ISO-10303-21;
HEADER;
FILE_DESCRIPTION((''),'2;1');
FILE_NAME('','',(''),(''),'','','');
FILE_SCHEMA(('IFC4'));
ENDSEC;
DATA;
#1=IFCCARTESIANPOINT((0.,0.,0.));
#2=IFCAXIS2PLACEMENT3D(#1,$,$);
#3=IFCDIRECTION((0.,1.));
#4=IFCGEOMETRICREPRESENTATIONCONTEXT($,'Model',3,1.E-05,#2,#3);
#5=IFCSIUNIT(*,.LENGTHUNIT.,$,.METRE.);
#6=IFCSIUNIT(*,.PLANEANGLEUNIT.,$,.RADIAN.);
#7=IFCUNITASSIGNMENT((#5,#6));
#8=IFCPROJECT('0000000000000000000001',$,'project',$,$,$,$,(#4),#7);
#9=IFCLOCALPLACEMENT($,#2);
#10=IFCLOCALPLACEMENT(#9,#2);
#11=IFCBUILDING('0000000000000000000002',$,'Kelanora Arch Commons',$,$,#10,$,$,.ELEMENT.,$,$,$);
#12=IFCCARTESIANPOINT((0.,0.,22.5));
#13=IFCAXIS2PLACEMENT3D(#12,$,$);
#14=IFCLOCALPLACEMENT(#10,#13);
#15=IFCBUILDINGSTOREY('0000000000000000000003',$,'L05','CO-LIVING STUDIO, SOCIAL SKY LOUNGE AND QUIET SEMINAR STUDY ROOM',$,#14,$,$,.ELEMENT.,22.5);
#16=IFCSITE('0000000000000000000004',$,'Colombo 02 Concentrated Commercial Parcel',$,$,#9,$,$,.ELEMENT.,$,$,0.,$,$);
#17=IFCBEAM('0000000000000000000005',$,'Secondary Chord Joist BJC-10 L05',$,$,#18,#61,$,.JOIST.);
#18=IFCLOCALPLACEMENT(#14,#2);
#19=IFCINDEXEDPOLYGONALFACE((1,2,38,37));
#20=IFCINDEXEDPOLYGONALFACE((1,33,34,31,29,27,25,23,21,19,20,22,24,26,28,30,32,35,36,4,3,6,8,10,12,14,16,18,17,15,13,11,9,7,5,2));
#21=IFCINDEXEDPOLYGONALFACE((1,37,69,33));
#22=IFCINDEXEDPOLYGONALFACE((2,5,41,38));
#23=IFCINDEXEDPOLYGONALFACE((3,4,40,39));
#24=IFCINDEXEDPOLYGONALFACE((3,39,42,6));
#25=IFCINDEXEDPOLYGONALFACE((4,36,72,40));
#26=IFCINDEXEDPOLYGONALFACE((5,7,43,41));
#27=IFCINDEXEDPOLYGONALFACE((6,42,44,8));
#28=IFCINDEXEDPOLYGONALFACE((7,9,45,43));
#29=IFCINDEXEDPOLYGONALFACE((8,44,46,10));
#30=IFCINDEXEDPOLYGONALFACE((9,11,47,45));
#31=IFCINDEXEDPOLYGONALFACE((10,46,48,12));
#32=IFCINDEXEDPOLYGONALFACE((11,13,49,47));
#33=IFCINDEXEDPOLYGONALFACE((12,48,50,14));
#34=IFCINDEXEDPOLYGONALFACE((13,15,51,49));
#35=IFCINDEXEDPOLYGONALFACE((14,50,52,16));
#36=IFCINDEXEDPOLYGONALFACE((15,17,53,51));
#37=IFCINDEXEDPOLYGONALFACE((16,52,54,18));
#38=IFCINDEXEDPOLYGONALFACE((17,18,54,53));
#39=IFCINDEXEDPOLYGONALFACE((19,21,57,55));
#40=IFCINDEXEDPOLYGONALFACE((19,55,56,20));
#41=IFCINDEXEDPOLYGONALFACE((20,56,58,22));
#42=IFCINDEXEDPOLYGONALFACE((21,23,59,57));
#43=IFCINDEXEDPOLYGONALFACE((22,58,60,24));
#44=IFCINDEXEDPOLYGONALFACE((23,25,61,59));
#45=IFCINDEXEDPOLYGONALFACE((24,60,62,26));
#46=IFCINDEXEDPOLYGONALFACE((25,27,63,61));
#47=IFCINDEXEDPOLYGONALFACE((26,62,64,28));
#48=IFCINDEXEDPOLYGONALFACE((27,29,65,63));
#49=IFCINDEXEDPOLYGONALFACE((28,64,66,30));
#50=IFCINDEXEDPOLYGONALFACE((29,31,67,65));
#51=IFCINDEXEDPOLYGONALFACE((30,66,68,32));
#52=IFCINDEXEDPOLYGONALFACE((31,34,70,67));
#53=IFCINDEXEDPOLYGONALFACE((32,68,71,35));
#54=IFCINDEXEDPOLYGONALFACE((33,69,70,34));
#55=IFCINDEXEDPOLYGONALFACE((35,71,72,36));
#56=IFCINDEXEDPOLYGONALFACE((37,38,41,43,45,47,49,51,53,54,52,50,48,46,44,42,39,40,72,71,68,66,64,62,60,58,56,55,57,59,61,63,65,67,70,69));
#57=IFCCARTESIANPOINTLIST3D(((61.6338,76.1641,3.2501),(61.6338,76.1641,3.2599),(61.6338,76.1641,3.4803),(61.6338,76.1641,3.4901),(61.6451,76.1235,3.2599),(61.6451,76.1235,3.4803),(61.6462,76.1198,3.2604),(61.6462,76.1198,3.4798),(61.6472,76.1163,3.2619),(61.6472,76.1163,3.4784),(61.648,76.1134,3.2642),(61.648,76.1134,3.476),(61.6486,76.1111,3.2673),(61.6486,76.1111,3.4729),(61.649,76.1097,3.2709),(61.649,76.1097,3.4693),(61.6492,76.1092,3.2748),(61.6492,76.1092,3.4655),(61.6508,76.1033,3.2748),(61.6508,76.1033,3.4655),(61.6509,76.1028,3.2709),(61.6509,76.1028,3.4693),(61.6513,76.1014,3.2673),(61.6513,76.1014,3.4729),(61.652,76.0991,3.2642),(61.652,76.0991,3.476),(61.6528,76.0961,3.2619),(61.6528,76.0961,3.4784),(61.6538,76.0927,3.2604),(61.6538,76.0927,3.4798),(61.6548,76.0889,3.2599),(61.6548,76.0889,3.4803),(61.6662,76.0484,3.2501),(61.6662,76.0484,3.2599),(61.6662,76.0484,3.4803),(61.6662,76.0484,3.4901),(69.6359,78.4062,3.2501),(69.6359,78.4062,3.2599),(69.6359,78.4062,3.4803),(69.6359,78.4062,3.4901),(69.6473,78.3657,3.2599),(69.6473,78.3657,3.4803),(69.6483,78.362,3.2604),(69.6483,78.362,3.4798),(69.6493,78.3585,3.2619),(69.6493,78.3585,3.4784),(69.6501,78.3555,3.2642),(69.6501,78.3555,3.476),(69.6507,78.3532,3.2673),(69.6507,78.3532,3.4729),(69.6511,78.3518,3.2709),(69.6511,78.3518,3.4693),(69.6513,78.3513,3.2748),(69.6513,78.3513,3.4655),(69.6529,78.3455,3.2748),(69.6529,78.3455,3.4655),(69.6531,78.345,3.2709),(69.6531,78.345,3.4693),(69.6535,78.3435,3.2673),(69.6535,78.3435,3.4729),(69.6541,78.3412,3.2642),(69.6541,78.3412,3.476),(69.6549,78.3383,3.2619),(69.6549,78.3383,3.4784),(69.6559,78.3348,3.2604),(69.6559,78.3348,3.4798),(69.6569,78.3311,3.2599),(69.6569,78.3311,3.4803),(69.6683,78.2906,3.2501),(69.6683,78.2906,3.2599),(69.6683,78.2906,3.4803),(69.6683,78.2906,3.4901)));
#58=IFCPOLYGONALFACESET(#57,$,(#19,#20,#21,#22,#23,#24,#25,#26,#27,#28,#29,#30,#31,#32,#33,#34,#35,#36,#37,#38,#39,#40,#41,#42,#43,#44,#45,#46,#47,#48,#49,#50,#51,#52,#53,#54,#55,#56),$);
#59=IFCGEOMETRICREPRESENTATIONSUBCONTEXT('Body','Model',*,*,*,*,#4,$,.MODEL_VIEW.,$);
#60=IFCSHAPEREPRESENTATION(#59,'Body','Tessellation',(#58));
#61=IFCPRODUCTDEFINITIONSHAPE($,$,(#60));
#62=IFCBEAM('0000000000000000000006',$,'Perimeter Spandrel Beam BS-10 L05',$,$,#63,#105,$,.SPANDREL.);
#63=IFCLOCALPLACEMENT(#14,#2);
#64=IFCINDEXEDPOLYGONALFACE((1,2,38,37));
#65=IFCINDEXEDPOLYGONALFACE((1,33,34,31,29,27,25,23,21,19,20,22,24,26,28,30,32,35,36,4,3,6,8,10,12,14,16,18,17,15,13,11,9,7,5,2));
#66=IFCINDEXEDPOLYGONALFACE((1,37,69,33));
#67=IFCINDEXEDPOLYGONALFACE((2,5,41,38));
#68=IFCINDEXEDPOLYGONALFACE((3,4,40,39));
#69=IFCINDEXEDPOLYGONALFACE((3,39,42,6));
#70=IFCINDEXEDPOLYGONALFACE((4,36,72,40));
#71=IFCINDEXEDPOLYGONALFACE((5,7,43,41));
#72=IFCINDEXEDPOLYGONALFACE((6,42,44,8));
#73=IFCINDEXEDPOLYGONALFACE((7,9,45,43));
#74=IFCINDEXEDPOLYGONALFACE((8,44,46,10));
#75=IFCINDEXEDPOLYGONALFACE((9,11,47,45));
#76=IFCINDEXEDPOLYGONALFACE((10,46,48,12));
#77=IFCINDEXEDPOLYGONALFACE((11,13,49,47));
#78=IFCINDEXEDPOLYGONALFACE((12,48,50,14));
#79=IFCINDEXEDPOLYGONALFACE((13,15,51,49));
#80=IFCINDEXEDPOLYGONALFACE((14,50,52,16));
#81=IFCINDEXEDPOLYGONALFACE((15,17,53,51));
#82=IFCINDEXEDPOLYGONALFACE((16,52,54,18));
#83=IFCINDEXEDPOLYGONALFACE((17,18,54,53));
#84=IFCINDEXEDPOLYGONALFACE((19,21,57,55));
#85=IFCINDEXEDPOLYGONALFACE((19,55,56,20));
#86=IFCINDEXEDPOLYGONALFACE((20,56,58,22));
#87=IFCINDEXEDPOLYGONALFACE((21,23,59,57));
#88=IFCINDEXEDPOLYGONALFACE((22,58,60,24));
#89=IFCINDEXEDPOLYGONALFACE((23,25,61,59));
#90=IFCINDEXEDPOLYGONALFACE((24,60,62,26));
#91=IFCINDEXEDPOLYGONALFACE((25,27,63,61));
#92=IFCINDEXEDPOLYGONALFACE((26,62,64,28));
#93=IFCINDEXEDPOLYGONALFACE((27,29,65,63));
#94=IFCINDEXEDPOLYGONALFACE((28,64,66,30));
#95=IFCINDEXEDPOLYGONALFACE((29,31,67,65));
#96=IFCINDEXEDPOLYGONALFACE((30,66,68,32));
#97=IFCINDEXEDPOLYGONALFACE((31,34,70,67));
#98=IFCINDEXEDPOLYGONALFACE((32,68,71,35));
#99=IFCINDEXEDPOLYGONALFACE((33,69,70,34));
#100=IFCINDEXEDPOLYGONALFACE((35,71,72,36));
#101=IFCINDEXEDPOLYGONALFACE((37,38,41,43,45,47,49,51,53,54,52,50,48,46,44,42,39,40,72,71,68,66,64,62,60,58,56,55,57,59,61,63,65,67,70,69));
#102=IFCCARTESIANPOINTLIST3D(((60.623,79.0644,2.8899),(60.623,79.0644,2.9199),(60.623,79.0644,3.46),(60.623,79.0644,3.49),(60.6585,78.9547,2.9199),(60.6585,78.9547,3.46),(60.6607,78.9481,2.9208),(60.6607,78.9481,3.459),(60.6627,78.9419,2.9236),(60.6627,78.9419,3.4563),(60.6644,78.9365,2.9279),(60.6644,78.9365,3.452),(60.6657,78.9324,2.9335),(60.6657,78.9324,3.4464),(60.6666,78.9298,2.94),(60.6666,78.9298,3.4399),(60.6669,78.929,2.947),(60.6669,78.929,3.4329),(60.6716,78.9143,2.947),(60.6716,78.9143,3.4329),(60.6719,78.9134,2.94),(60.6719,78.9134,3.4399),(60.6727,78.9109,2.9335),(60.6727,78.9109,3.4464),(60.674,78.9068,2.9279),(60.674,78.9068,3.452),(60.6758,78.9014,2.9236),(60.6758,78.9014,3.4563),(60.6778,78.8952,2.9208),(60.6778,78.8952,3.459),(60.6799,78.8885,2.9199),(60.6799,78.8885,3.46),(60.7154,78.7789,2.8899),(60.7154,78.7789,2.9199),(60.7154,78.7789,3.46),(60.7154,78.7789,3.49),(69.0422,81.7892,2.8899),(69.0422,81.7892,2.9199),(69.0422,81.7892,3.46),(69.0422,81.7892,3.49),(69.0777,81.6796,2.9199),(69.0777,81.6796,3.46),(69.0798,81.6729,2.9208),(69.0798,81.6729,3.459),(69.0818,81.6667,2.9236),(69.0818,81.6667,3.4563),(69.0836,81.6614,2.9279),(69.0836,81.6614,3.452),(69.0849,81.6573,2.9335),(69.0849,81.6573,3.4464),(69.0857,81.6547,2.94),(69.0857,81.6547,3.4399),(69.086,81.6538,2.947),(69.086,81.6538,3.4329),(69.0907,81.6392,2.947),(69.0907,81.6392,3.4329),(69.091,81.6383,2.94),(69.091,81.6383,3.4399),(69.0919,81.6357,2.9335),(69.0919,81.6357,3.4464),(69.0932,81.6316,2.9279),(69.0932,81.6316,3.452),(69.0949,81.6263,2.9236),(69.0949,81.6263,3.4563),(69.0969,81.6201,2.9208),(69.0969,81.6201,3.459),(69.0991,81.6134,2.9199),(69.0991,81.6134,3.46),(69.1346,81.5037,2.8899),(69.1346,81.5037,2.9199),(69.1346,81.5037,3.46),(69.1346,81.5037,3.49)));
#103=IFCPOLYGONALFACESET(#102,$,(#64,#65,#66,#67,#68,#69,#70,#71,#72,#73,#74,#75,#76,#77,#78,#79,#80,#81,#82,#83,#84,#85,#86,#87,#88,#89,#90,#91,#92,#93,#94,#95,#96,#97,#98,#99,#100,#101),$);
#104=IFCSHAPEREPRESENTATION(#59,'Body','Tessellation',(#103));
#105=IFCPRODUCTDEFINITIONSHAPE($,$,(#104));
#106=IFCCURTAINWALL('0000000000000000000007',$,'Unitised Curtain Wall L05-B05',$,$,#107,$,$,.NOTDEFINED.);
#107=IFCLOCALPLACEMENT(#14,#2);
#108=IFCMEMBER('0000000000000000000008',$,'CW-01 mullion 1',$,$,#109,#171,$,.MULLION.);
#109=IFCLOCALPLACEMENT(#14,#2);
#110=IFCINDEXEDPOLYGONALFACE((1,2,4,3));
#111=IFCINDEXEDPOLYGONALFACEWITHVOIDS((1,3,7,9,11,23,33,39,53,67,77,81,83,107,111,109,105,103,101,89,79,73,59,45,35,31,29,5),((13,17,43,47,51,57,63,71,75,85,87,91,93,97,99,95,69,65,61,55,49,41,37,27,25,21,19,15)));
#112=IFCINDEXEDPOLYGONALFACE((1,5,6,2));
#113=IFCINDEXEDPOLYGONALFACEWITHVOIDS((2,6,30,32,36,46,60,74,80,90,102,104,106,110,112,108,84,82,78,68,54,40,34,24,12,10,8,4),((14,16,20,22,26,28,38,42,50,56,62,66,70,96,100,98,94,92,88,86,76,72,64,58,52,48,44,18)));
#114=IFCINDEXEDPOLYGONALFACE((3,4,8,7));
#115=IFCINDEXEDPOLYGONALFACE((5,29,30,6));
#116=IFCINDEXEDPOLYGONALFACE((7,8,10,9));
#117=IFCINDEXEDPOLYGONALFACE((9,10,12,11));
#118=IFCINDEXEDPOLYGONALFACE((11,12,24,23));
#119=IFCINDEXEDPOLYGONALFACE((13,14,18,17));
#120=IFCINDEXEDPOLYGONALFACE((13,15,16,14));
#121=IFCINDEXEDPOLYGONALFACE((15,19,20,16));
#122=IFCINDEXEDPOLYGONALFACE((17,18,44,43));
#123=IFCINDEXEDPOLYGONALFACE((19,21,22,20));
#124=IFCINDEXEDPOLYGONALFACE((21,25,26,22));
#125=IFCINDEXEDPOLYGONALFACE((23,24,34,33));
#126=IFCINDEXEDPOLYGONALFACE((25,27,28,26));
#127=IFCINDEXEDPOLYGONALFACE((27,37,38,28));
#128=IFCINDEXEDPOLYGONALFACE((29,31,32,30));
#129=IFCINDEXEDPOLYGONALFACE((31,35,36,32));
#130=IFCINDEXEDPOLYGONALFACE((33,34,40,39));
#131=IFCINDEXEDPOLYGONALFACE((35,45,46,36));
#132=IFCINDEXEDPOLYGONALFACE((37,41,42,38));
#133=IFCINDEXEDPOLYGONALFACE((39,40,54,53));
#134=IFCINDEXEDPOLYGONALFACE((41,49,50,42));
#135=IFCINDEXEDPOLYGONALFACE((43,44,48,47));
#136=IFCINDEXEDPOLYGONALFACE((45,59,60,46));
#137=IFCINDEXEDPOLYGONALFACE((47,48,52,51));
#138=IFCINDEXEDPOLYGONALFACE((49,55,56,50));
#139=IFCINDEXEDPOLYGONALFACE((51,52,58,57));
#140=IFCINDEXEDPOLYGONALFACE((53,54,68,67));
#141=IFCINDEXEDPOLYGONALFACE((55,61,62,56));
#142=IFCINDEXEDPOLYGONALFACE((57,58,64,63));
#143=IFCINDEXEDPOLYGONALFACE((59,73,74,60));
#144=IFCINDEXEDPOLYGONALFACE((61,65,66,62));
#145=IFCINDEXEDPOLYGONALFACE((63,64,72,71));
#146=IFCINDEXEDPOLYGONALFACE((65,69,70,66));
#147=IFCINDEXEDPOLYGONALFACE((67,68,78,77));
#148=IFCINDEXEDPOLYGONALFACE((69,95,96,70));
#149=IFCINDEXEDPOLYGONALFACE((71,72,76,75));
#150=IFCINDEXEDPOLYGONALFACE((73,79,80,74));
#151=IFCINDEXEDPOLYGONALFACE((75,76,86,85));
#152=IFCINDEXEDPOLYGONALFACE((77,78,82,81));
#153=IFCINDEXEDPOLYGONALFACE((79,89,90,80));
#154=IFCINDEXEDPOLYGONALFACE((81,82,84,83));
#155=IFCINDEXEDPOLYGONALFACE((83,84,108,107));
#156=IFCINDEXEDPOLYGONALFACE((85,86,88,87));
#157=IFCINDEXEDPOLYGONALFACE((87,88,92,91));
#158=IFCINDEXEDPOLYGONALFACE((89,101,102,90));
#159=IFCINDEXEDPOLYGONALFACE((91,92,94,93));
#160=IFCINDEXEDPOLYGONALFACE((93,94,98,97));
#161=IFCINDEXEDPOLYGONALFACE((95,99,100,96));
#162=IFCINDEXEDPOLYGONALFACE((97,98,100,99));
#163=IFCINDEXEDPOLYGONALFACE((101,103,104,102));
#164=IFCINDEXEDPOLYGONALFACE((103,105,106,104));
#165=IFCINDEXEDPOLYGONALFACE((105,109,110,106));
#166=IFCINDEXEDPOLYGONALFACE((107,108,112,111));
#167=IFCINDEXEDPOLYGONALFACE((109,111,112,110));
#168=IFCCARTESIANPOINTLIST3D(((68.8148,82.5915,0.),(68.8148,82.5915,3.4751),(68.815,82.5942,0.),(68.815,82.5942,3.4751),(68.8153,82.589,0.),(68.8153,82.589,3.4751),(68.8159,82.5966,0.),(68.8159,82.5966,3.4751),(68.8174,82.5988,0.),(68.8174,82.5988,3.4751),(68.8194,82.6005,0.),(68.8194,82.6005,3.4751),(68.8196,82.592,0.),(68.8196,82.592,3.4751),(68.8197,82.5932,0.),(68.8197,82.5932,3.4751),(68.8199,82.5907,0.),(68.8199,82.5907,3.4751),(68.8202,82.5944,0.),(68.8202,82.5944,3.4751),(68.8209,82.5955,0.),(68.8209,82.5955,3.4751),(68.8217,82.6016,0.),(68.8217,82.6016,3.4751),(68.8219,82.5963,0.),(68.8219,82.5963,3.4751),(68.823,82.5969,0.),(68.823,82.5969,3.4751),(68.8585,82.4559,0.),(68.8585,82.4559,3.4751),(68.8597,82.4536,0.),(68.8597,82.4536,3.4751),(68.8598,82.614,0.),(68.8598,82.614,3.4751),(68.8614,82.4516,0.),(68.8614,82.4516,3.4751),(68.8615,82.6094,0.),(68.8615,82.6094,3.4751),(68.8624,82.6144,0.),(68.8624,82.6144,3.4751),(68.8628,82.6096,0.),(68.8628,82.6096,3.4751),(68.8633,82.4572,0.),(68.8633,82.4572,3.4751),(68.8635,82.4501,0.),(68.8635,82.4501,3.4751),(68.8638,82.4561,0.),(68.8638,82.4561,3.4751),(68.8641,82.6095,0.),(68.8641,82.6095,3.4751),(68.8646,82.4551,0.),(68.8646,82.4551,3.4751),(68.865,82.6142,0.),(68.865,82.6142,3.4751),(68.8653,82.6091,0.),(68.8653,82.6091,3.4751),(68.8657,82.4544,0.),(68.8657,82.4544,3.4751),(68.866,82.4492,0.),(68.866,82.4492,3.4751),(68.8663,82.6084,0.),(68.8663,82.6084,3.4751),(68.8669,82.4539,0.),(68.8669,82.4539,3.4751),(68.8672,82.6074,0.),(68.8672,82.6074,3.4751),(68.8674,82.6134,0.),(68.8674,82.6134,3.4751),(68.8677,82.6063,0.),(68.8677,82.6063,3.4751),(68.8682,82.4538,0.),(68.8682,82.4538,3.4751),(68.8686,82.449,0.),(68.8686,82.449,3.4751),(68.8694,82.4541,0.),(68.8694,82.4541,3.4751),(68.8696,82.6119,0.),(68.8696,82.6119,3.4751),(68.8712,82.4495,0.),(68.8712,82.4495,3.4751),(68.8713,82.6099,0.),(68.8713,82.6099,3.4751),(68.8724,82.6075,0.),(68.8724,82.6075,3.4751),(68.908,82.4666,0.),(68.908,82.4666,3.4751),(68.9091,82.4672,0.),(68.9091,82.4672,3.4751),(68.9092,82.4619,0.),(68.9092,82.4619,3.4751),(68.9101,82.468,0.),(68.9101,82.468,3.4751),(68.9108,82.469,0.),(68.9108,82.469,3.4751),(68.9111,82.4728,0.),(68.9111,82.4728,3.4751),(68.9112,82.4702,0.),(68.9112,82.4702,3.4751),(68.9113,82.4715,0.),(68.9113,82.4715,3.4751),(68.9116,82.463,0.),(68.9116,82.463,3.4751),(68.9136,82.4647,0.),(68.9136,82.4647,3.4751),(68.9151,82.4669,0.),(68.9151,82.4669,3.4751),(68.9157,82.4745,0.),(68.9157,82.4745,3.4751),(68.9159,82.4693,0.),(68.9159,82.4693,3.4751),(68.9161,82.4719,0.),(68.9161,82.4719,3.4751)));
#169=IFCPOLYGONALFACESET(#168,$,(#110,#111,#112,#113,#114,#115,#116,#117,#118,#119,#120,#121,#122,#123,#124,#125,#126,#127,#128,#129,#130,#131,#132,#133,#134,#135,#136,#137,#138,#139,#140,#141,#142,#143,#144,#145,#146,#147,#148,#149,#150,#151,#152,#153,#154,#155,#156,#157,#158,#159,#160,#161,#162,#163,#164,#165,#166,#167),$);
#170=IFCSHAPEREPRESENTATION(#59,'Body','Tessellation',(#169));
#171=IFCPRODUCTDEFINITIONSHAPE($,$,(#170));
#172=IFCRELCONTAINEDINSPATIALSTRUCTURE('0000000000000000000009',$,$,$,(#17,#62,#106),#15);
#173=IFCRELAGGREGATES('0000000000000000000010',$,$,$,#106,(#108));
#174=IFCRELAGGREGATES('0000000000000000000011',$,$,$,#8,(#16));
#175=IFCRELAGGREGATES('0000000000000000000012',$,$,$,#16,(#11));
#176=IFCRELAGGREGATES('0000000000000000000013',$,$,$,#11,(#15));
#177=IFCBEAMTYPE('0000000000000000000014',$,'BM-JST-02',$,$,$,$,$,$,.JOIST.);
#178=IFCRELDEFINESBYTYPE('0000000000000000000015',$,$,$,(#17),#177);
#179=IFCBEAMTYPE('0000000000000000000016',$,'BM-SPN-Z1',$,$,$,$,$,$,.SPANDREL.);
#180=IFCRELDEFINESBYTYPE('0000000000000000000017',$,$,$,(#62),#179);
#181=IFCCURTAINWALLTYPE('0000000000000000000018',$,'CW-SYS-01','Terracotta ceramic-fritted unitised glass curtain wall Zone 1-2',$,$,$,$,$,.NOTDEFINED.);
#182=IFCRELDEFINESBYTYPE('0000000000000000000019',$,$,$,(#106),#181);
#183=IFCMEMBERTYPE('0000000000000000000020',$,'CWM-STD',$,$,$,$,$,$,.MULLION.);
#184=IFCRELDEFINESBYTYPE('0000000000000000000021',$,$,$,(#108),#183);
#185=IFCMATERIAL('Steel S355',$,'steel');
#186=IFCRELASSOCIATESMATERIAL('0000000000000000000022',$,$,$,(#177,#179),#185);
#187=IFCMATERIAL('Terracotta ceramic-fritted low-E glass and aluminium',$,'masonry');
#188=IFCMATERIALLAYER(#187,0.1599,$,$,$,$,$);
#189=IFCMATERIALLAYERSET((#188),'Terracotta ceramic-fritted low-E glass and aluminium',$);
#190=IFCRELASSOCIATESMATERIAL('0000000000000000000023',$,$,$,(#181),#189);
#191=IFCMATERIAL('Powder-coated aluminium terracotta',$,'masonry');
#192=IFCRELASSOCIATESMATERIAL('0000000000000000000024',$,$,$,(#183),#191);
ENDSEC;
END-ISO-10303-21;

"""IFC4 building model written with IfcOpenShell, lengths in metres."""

from ifc_helpers import new_model, si_unit, direction, frame, origin, origin_2d, place, context, subcontext, project, spatial, hollow_rectangle, i_section, extrude, material, layer, layer_set, material_profile, profile_set, type_object, element, aggregate, save


model = new_model("IFC4")

# Units and contexts
model_context = context("Model", 3, precision=1e-05, world=origin(), true_north=direction((0.0, 1.0)))
body_context = subcontext(model_context, "Body", "Model", "MODEL_VIEW")
ifc_project = project(units=[si_unit("LENGTHUNIT", "METRE"), si_unit("PLANEANGLEUNIT", "RADIAN")], contexts=[model_context])

# Site, building, storey
site_placement = place(None, origin())
site = spatial("IfcSite", under=ifc_project, at=site_placement, Name="Colombo 02 Concentrated Commercial Parcel", CompositionType="ELEMENT", RefElevation=0.0)
building_placement = place(site_placement, origin())
building = spatial("IfcBuilding", under=site, at=building_placement, Name="Kelanora Arch Commons", CompositionType="ELEMENT")
storey_placement = place(building_placement, frame((0.0, 0.0, 22.5)))
storey = spatial("IfcBuildingStorey", under=building, at=storey_placement, Name="L05", Description="CO-LIVING STUDIO, SOCIAL SKY LOUNGE AND QUIET SEMINAR STUDY ROOM", CompositionType="ELEMENT", Elevation=22.5)

# Beams
ifc_material_1 = material(Name="Steel S355", Category="steel")
ifc_material_profile_1 = material_profile(ifc_material_1, i_section(OverallWidth=0.1201, OverallDepth=0.24, WebThickness=0.0061, FlangeThickness=0.0098, FilletRadius=0.0149, at=origin_2d()), Name="IPE240")
ifc_profile_set_1 = profile_set([ifc_material_profile_1], Name="Steel S355")
beam_type_1 = type_object("IfcBeamType", Name="BM-JST-02", PredefinedType="JOIST", material=ifc_profile_set_1)
beam_1_placement = place(storey_placement, frame((69.6521, 78.3484, 3.3701), z_axis=(-0.962915, -0.269805, 0.0), x_axis=(0.269805, -0.962915, 0.0)))
element("IfcBeam", 1, at=beam_1_placement, inside=storey, type_object=beam_type_1, Name="Secondary Chord Joist BJC-10 L05", PredefinedType="JOIST", context=body_context, shape_type="SweptSolid", body=[
    extrude(i_section(OverallWidth=0.1201, OverallDepth=0.24, WebThickness=0.0061, FlangeThickness=0.0098, FilletRadius=0.0149, at=origin_2d()), origin(), (0.0, 0.0, 1.0), 8.3103),
])
ifc_material_profile_2 = material_profile(ifc_material_1, i_section(OverallWidth=0.3, OverallDepth=0.6001, WebThickness=0.0154, FlangeThickness=0.03, FilletRadius=0.0271, at=origin_2d()), Name="HEB600")
ifc_profile_set_2 = profile_set([ifc_material_profile_2], Name="Steel S355")
beam_type_2 = type_object("IfcBeamType", Name="BM-SPN-Z1", PredefinedType="SPANDREL", material=ifc_profile_set_2)
beam_2_placement = place(storey_placement, frame((69.0884, 81.6465, 3.1899), z_axis=(-0.951411, -0.307922, 0.0), x_axis=(0.307922, -0.951411, 0.0)))
element("IfcBeam", 2, at=beam_2_placement, inside=storey, type_object=beam_type_2, Name="Perimeter Spandrel Beam BS-10 L05", PredefinedType="SPANDREL", context=body_context, shape_type="SweptSolid", body=[
    extrude(i_section(OverallWidth=0.3, OverallDepth=0.6001, WebThickness=0.0154, FlangeThickness=0.03, FilletRadius=0.0271, at=origin_2d()), origin(), (0.0, 0.0, 1.0), 8.8491),
])

# Curtain wall, member
ifc_material_2 = material(Name="Terracotta ceramic-fritted low-E glass and aluminium", Category="masonry")
ifc_layer_1 = layer(ifc_material_2, 0.1599)
ifc_layer_set_1 = layer_set([ifc_layer_1], Name="Terracotta ceramic-fritted low-E glass and aluminium")
curtain_wall_type = type_object("IfcCurtainWallType", Name="CW-SYS-01", Description="Terracotta ceramic-fritted unitised glass curtain wall Zone 1-2", PredefinedType="NOTDEFINED", material=ifc_layer_set_1)
curtain_wall_placement = place(storey_placement, origin())
curtain_wall = element("IfcCurtainWall", 3, at=curtain_wall_placement, inside=storey, type_object=curtain_wall_type, Name="Unitised Curtain Wall L05-B05", PredefinedType="NOTDEFINED")
ifc_material_3 = material(Name="Powder-coated aluminium terracotta", Category="masonry")
ifc_material_profile_3 = material_profile(ifc_material_3, hollow_rectangle(XDim=0.1599, YDim=0.0601, WallThickness=0.0049, InnerFilletRadius=0.0049, OuterFilletRadius=0.01, at=origin_2d()), Name="CWM160x60")
ifc_profile_set_3 = profile_set([ifc_material_profile_3], Name="Powder-coated aluminium terracotta")
member_type_1 = type_object("IfcMemberType", Name="CWM-STD", PredefinedType="MULLION", material=ifc_profile_set_3)
member_1_placement = place(storey_placement, frame((68.8655, 82.5317, 0.0), z_axis=(0.0, 0.0, 1.0), x_axis=(0.309058, -0.951043, 0.0)))
member_1 = element("IfcMember", 4, at=member_1_placement, type_object=member_type_1, Name="CW-01 mullion 1", PredefinedType="MULLION", context=body_context, shape_type="SweptSolid", body=[
    extrude(hollow_rectangle(XDim=0.1599, YDim=0.0601, WallThickness=0.0049, InnerFilletRadius=0.0049, OuterFilletRadius=0.01, at=origin_2d()), origin(), (0.0, 0.0, 1.0), 3.4751),
])
aggregate(curtain_wall, [member_1])

save(model, "model.ifc")
